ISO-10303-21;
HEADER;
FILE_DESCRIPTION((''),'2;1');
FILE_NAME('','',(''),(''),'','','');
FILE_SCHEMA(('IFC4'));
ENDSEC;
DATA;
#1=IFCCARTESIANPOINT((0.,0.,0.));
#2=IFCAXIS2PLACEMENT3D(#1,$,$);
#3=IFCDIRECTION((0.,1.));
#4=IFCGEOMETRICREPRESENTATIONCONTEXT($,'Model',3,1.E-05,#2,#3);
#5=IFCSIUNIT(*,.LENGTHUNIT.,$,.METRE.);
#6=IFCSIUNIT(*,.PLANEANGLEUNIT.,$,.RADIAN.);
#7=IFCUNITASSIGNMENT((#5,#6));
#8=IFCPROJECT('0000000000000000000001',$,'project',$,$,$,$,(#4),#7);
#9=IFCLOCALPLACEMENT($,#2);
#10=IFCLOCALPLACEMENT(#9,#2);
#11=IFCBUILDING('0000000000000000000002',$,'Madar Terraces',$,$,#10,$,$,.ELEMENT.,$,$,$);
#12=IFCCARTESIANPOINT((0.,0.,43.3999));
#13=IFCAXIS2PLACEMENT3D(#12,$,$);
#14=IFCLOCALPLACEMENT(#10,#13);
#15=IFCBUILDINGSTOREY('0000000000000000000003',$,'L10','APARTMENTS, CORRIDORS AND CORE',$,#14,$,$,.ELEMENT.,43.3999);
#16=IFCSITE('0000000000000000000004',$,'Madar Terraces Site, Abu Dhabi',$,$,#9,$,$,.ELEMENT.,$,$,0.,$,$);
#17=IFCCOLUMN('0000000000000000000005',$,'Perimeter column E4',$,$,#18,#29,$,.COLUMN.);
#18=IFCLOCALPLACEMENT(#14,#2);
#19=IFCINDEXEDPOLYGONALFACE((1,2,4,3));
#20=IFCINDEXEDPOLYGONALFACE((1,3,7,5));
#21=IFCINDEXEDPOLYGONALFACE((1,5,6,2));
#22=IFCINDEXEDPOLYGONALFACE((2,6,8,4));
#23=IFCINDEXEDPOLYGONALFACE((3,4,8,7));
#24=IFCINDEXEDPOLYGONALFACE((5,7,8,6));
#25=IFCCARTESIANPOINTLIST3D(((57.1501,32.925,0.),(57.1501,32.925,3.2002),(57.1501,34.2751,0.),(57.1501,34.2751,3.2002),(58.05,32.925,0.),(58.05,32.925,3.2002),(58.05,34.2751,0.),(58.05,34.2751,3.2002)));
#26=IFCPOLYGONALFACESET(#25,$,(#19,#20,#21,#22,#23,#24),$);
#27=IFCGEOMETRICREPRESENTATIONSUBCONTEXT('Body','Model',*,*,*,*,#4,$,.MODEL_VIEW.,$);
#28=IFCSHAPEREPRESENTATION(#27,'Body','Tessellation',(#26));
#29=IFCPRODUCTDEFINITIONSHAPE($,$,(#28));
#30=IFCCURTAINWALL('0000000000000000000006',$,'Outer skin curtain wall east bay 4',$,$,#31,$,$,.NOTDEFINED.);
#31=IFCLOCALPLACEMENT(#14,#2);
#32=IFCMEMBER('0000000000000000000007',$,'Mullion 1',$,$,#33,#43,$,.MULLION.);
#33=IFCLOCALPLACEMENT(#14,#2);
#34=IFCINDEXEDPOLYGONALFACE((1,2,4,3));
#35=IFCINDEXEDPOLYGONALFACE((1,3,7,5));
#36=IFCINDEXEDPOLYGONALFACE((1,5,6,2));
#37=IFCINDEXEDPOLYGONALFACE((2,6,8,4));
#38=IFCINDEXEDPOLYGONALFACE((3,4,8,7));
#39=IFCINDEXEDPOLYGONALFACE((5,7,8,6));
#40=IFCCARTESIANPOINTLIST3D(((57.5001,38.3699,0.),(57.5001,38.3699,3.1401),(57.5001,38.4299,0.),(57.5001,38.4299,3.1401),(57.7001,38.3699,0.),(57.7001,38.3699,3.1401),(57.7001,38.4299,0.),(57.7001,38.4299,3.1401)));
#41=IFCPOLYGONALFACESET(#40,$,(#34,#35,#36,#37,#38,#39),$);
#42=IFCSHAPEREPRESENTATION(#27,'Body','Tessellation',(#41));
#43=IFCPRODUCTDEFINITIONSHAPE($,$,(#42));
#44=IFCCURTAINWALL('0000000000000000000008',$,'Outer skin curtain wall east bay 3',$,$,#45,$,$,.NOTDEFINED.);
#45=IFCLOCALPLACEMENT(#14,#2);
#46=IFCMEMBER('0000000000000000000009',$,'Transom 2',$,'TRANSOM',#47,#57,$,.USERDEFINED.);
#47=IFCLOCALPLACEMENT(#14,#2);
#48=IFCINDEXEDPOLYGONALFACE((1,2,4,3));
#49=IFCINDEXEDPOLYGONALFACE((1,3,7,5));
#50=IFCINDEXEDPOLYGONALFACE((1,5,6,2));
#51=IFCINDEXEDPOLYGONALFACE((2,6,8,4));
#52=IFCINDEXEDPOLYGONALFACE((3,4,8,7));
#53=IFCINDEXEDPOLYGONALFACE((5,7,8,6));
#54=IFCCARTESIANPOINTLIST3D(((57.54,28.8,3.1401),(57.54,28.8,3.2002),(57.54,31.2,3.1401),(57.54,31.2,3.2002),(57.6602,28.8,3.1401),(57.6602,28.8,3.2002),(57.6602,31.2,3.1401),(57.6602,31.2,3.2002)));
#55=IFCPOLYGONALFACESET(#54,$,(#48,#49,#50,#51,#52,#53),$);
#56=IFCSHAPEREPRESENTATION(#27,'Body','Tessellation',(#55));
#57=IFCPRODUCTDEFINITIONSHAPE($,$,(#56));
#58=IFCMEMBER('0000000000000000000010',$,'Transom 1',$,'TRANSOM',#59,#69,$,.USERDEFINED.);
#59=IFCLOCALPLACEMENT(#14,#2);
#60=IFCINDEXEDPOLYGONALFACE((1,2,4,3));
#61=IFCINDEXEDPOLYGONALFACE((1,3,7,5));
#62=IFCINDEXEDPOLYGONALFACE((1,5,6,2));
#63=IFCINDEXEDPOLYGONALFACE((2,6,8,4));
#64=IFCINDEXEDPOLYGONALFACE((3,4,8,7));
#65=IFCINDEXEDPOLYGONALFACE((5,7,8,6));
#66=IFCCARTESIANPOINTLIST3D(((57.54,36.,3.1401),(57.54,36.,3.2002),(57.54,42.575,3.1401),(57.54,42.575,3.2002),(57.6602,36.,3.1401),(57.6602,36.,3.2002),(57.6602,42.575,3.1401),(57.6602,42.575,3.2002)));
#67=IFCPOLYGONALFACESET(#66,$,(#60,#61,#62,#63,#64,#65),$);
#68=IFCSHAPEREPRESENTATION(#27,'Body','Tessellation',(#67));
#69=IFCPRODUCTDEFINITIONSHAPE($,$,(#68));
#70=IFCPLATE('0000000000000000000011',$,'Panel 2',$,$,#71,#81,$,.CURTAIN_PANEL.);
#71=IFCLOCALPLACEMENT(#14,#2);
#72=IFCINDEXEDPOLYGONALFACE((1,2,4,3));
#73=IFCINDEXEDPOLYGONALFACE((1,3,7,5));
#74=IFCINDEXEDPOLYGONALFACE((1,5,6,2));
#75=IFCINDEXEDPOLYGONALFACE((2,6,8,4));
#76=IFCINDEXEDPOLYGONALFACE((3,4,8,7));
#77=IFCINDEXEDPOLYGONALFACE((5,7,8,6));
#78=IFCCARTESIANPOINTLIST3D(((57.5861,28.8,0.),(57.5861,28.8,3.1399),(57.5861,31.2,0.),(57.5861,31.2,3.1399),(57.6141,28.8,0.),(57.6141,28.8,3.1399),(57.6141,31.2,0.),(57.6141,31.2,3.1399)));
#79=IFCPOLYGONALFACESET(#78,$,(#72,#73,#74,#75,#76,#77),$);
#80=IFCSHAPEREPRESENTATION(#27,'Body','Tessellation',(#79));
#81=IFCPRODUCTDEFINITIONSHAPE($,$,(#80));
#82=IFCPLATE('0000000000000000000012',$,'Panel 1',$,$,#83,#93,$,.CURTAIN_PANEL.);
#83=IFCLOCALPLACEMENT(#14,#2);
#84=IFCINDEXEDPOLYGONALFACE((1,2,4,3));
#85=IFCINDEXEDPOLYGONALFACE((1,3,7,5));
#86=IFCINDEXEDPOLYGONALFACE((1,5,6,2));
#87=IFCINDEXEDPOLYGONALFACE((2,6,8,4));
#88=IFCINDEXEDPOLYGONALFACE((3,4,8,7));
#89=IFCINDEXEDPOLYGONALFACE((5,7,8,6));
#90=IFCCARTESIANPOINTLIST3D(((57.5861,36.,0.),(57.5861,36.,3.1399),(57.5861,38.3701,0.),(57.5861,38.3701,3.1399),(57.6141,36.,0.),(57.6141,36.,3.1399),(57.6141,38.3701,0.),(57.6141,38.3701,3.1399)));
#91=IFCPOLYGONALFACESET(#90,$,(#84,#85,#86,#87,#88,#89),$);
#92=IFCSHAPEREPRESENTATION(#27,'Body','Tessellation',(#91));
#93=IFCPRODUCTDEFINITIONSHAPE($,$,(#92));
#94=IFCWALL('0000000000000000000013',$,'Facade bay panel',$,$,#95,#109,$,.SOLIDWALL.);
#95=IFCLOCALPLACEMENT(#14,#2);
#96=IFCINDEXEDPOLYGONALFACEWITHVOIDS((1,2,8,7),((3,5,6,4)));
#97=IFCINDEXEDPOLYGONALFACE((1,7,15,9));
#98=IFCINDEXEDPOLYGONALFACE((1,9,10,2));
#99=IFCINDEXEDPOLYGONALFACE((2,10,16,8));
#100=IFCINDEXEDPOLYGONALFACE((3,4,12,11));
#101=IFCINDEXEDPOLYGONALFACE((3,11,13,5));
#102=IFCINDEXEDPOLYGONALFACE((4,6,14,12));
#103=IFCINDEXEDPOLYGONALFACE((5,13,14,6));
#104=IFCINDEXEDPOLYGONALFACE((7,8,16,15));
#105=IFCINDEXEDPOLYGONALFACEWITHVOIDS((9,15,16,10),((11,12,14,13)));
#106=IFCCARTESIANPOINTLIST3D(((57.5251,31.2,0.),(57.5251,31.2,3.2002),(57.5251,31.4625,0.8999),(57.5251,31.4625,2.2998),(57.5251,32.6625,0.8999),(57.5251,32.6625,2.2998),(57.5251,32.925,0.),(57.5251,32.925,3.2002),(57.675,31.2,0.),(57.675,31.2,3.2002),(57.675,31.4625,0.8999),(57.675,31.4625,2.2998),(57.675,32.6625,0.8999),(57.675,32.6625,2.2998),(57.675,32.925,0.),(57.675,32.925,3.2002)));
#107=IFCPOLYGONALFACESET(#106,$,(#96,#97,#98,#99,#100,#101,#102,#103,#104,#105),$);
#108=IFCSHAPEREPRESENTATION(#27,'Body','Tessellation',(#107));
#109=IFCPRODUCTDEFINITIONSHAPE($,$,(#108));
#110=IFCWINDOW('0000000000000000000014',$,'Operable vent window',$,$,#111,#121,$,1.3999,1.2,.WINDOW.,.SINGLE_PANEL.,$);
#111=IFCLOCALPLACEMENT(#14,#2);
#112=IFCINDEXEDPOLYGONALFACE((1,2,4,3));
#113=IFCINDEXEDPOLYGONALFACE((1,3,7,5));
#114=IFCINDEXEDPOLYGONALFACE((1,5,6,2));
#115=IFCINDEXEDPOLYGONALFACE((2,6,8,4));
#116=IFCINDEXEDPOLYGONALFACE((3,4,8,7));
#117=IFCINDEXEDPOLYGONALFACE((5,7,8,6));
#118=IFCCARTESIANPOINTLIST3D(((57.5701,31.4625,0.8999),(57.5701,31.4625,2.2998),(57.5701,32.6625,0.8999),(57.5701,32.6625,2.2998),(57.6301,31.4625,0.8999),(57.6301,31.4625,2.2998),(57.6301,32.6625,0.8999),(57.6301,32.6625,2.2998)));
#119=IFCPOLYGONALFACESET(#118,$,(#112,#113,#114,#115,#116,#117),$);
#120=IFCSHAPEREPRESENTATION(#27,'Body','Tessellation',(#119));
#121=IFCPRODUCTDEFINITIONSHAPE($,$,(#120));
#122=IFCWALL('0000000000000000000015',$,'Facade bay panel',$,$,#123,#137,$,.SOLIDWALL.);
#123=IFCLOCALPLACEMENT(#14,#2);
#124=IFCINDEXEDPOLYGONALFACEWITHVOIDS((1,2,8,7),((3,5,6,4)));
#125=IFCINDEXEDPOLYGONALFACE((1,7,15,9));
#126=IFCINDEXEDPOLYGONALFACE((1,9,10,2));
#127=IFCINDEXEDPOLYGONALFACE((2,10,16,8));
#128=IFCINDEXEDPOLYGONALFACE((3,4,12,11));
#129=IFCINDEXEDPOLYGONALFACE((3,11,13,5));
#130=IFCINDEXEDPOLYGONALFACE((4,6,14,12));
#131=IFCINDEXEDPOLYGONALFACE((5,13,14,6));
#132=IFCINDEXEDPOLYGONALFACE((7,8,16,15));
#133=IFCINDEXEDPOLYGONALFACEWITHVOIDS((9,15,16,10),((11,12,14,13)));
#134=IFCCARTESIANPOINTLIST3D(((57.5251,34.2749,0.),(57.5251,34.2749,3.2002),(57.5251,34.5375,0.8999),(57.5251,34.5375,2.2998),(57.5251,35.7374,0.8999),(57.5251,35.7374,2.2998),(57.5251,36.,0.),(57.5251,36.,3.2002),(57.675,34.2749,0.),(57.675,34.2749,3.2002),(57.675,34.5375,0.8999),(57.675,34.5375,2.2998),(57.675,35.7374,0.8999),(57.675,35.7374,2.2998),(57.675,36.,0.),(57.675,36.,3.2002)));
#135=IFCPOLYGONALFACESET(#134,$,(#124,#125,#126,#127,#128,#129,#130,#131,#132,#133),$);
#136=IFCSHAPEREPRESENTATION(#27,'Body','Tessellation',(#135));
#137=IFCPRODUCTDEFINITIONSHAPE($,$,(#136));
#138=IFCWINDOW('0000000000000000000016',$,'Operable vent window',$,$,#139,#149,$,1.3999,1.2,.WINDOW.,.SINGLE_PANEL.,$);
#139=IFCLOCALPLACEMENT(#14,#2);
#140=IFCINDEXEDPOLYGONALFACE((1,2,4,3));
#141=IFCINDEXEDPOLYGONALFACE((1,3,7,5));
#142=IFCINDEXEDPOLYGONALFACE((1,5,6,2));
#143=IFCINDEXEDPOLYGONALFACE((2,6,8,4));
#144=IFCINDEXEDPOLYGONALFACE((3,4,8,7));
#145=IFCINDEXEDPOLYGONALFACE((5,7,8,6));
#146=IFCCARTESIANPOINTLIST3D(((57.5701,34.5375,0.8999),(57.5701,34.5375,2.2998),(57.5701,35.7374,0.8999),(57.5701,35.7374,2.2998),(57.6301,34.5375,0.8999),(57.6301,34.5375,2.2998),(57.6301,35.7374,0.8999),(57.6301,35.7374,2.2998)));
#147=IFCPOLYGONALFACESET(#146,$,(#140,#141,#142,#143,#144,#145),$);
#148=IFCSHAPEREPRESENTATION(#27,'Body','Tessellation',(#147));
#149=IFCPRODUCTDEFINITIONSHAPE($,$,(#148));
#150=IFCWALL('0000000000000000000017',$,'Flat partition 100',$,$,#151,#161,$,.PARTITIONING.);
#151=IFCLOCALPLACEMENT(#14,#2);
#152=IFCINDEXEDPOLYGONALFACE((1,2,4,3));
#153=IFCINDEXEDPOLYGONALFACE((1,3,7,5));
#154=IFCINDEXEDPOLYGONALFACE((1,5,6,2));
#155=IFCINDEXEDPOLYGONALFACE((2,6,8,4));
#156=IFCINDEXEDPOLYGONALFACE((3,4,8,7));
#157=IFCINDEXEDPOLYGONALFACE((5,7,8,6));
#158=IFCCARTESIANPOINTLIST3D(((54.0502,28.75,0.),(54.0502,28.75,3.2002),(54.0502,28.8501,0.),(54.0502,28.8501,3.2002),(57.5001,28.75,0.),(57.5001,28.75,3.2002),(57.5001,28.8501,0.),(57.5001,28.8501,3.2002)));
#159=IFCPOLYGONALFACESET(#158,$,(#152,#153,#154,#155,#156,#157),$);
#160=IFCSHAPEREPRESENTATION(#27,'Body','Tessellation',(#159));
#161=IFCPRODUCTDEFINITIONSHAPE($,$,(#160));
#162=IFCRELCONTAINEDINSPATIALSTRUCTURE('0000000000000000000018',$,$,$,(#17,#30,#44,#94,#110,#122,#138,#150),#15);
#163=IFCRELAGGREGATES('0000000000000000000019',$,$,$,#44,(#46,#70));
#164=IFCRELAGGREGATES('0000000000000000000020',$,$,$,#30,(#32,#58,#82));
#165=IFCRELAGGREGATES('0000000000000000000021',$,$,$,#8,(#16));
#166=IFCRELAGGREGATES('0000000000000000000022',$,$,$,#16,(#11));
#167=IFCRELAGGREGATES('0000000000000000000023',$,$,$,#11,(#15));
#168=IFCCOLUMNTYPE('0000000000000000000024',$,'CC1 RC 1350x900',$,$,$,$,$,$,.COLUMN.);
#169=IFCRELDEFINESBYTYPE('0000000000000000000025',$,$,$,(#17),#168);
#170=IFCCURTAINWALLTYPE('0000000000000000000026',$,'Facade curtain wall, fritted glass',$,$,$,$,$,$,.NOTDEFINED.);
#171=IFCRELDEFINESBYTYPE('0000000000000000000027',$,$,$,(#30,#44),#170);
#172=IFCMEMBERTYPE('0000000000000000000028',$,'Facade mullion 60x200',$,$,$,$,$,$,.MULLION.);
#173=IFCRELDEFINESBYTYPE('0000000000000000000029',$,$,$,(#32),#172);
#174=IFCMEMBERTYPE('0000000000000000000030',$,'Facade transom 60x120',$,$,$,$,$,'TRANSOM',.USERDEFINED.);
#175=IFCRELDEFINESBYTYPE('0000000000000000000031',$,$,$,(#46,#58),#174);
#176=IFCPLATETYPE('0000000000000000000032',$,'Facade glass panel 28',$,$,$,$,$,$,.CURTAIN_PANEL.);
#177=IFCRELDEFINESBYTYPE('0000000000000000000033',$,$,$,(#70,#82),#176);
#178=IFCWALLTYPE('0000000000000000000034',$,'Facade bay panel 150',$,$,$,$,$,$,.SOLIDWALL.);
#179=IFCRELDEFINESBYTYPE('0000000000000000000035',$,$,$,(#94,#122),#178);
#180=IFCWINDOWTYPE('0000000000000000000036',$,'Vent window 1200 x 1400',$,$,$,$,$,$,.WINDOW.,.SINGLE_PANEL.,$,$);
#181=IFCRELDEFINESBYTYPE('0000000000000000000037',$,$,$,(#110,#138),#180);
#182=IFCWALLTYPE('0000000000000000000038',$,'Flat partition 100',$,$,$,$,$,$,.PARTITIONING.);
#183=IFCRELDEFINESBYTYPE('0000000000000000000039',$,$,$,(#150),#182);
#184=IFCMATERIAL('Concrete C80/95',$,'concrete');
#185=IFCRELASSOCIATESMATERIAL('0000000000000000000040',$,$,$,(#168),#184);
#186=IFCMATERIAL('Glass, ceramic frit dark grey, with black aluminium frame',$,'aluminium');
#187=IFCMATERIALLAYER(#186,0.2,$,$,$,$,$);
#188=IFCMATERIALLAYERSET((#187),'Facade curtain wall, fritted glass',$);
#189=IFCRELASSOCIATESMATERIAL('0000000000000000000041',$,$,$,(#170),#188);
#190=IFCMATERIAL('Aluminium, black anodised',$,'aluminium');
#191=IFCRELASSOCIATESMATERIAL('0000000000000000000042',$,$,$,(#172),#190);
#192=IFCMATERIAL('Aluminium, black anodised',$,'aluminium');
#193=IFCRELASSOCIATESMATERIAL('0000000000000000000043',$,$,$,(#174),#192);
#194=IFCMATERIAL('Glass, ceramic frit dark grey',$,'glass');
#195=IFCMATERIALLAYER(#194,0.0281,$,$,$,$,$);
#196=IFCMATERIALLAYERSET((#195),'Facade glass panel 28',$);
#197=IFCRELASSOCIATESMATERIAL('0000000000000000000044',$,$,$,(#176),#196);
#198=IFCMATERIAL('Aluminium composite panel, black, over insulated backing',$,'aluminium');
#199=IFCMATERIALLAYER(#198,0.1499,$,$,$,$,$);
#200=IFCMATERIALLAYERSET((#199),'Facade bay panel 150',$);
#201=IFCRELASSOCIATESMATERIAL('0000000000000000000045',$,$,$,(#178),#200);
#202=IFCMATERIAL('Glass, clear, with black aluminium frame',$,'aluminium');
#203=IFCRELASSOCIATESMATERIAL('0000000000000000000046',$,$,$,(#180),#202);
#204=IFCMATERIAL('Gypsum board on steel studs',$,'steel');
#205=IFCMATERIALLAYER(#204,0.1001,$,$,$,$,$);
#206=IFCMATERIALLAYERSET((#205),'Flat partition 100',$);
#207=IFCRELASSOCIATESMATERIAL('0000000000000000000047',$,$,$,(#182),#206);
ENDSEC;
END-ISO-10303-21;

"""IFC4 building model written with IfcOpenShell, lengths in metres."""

from ifc_helpers import new_model, si_unit, direction, frame, frame_2d, origin, origin_2d, place, context, subcontext, project, spatial, rectangle, extrude, material, layer, layer_set, material_profile, profile_set, type_object, element, fill, aggregate, save


model = new_model("IFC4")

# Units and contexts
model_context = context("Model", 3, precision=1e-05, world=origin(), true_north=direction((0.0, 1.0)))
body_context = subcontext(model_context, "Body", "Model", "MODEL_VIEW")
ifc_project = project(units=[si_unit("LENGTHUNIT", "METRE"), si_unit("PLANEANGLEUNIT", "RADIAN")], contexts=[model_context])

# Site, building, storey
site_placement = place(None, origin())
site = spatial("IfcSite", under=ifc_project, at=site_placement, Name="Madar Terraces Site, Abu Dhabi", CompositionType="ELEMENT", RefElevation=0.0)
building_placement = place(site_placement, origin())
building = spatial("IfcBuilding", under=site, at=building_placement, Name="Madar Terraces", CompositionType="ELEMENT")
storey_placement = place(building_placement, frame((0.0, 0.0, 43.3999)))
storey = spatial("IfcBuildingStorey", under=building, at=storey_placement, Name="L10", Description="APARTMENTS, CORRIDORS AND CORE", CompositionType="ELEMENT", Elevation=43.3999)

# Column
ifc_material_1 = material(Name="Concrete C80/95", Category="concrete")
ifc_material_profile_1 = material_profile(ifc_material_1, rectangle(XDim=1.3501, YDim=0.8999, at=origin_2d()), Name="CC1 RC 1350x900")
ifc_profile_set_1 = profile_set([ifc_material_profile_1], Name="Concrete C80/95")
column_type = type_object("IfcColumnType", Name="CC1 RC 1350x900", PredefinedType="COLUMN", material=ifc_profile_set_1)
column_placement = place(storey_placement, frame((57.6001, 33.6001, 0.0), z_axis=(0.0, 0.0, 1.0), x_axis=(0.0, 1.0, 0.0)))
element("IfcColumn", 1, at=column_placement, inside=storey, type_object=column_type, Name="Perimeter column E4", PredefinedType="COLUMN", context=body_context, shape_type="SweptSolid", body=[
    extrude(rectangle(XDim=1.3501, YDim=0.8999, at=origin_2d()), origin(), (0.0, 0.0, 1.0), 3.2002),
])

# Curtain walls, members
ifc_material_2 = material(Name="Glass, ceramic frit dark grey, with black aluminium frame", Category="aluminium")
ifc_layer_1 = layer(ifc_material_2, 0.2)
ifc_layer_set_1 = layer_set([ifc_layer_1], Name="Facade curtain wall, fritted glass")
curtain_wall_type = type_object("IfcCurtainWallType", Name="Facade curtain wall, fritted glass", PredefinedType="NOTDEFINED", material=ifc_layer_set_1)
curtain_wall_1_placement = place(storey_placement, origin())
curtain_wall_1 = element("IfcCurtainWall", 2, at=curtain_wall_1_placement, inside=storey, type_object=curtain_wall_type, Name="Outer skin curtain wall east bay 4", PredefinedType="NOTDEFINED")
ifc_material_3 = material(Name="Aluminium, black anodised", Category="aluminium")
ifc_material_profile_2 = material_profile(ifc_material_3, rectangle(XDim=0.2, YDim=0.0601, at=origin_2d()), Name="Facade mullion 60x200")
ifc_profile_set_2 = profile_set([ifc_material_profile_2], Name="Aluminium, black anodised")
member_type_1 = type_object("IfcMemberType", Name="Facade mullion 60x200", PredefinedType="MULLION", material=ifc_profile_set_2)
member_1_placement = place(storey_placement, frame((57.6001, 38.3999, 0.0), z_axis=(0.0, 0.0, 1.0), x_axis=(-1.0, 0.0, 0.0)))
member_1 = element("IfcMember", 3, at=member_1_placement, type_object=member_type_1, Name="Mullion 1", PredefinedType="MULLION", context=body_context, shape_type="SweptSolid", body=[
    extrude(rectangle(XDim=0.2, YDim=0.0601, at=origin_2d()), origin(), (0.0, 0.0, 1.0), 3.1401),
])
curtain_wall_2_placement = place(storey_placement, origin())
curtain_wall_2 = element("IfcCurtainWall", 4, at=curtain_wall_2_placement, inside=storey, type_object=curtain_wall_type, Name="Outer skin curtain wall east bay 3", PredefinedType="NOTDEFINED")
ifc_material_4 = material(Name="Aluminium, black anodised", Category="aluminium")
ifc_material_profile_3 = material_profile(ifc_material_4, rectangle(XDim=0.1201, YDim=0.0601, at=origin_2d()), Name="Facade transom 60x120")
ifc_profile_set_3 = profile_set([ifc_material_profile_3], Name="Aluminium, black anodised")
member_type_2 = type_object("IfcMemberType", Name="Facade transom 60x120", ElementType="TRANSOM", PredefinedType="USERDEFINED", material=ifc_profile_set_3)
member_2_placement = place(storey_placement, frame((57.6001, 28.8, 3.1702), z_axis=(0.0, 1.0, 0.0), x_axis=(-1.0, 0.0, 0.0)))
member_2 = element("IfcMember", 5, at=member_2_placement, type_object=member_type_2, Name="Transom 2", ObjectType="TRANSOM", PredefinedType="USERDEFINED", context=body_context, shape_type="SweptSolid", body=[
    extrude(rectangle(XDim=0.1201, YDim=0.0601, at=origin_2d()), origin(), (0.0, 0.0, 1.0), 2.3999),
])

# Member
member_3_placement = place(storey_placement, frame((57.6001, 36.0, 3.1702), z_axis=(0.0, 1.0, 0.0), x_axis=(-1.0, 0.0, 0.0)))
member_3 = element("IfcMember", 6, at=member_3_placement, type_object=member_type_2, Name="Transom 1", ObjectType="TRANSOM", PredefinedType="USERDEFINED", context=body_context, shape_type="SweptSolid", body=[
    extrude(rectangle(XDim=0.1201, YDim=0.0601, at=origin_2d()), origin(), (0.0, 0.0, 1.0), 6.575),
])

# Plates
ifc_material_5 = material(Name="Glass, ceramic frit dark grey", Category="glass")
ifc_layer_2 = layer(ifc_material_5, 0.0281)
ifc_layer_set_2 = layer_set([ifc_layer_2], Name="Facade glass panel 28")
plate_type = type_object("IfcPlateType", Name="Facade glass panel 28", PredefinedType="CURTAIN_PANEL", material=ifc_layer_set_2)
plate_1_placement = place(storey_placement, frame((57.6001, 30.0, 0.0), z_axis=(0.0, 0.0, 1.0), x_axis=(0.0, 1.0, 0.0)))
plate_1 = element("IfcPlate", 7, at=plate_1_placement, type_object=plate_type, Name="Panel 2", PredefinedType="CURTAIN_PANEL", context=body_context, shape_type="SweptSolid", body=[
    extrude(rectangle(XDim=2.3999, YDim=0.0281, at=origin_2d()), origin(), (0.0, 0.0, 1.0), 3.1399),
])
aggregate(curtain_wall_2, [member_2, plate_1])
plate_2_placement = place(storey_placement, frame((57.6001, 37.1851, 0.0), z_axis=(0.0, 0.0, 1.0), x_axis=(0.0, 1.0, 0.0)))
plate_2 = element("IfcPlate", 8, at=plate_2_placement, type_object=plate_type, Name="Panel 1", PredefinedType="CURTAIN_PANEL", context=body_context, shape_type="SweptSolid", body=[
    extrude(rectangle(XDim=2.3701, YDim=0.0281, at=origin_2d()), origin(), (0.0, 0.0, 1.0), 3.1399),
])
aggregate(curtain_wall_1, [member_1, member_3, plate_2])

# Shared definitions
ifc_material_6 = material(Name="Aluminium composite panel, black, over insulated backing", Category="aluminium")
ifc_layer_3 = layer(ifc_material_6, 0.1499)
ifc_layer_set_3 = layer_set([ifc_layer_3], Name="Facade bay panel 150")
wall_type_1 = type_object("IfcWallType", Name="Facade bay panel 150", PredefinedType="SOLIDWALL", material=ifc_layer_set_3)

# Walls, openings, windows
wall_1_placement = place(storey_placement, frame((57.6001, 31.2, 0.0), z_axis=(0.0, 0.0, 1.0), x_axis=(0.0, 1.0, 0.0)))
wall_1 = element("IfcWall", 9, at=wall_1_placement, inside=storey, type_object=wall_type_1, Name="Facade bay panel", PredefinedType="SOLIDWALL", context=body_context, shape_type="SweptSolid", body=[
    extrude(rectangle(XDim=1.7251, YDim=0.1499, at=frame_2d((0.8625, 0.0))), origin(), (0.0, 0.0, 1.0), 3.2002),
])
opening_1_placement = place(wall_1_placement, frame((0.2625, 0.0, 0.8999)))
opening_1 = element("IfcOpeningElement", 10, at=opening_1_placement, cuts=wall_1, PredefinedType="OPENING", context=body_context, shape_type="SweptSolid", body=[
    extrude(rectangle(XDim=1.2, YDim=1.3999, at=frame_2d((0.6001, 0.7))), frame((0.0, 0.085, 0.0), z_axis=(0.0, -1.0, 0.0), x_axis=(1.0, 0.0, 0.0)), (0.0, 0.0, 1.0), 0.1699),
])
ifc_material_7 = material(Name="Glass, clear, with black aluminium frame", Category="aluminium")
window_type = type_object("IfcWindowType", Name="Vent window 1200 x 1400", PartitioningType="SINGLE_PANEL", PredefinedType="WINDOW", material=ifc_material_7)
window_1_placement = place(opening_1_placement, origin())
window_1 = element("IfcWindow", 11, at=window_1_placement, inside=storey, type_object=window_type, Name="Operable vent window", OverallHeight=1.3999, OverallWidth=1.2, PartitioningType="SINGLE_PANEL", PredefinedType="WINDOW", context=body_context, shape_type="SweptSolid", body=[
    extrude(rectangle(XDim=1.2, YDim=1.3999, at=frame_2d((0.6001, 0.7))), frame((0.0, 0.03, 0.0), z_axis=(0.0, -1.0, 0.0), x_axis=(1.0, 0.0, 0.0)), (0.0, 0.0, 1.0), 0.0601),
])
fill(opening_1, window_1)
wall_2_placement = place(storey_placement, frame((57.6001, 34.2749, 0.0), z_axis=(0.0, 0.0, 1.0), x_axis=(0.0, 1.0, 0.0)))
wall_2 = element("IfcWall", 12, at=wall_2_placement, inside=storey, type_object=wall_type_1, Name="Facade bay panel", PredefinedType="SOLIDWALL", context=body_context, shape_type="SweptSolid", body=[
    extrude(rectangle(XDim=1.7251, YDim=0.1499, at=frame_2d((0.8625, 0.0))), origin(), (0.0, 0.0, 1.0), 3.2002),
])
opening_2_placement = place(wall_2_placement, frame((0.2625, 0.0, 0.8999)))
opening_2 = element("IfcOpeningElement", 13, at=opening_2_placement, cuts=wall_2, PredefinedType="OPENING", context=body_context, shape_type="SweptSolid", body=[
    extrude(rectangle(XDim=1.2, YDim=1.3999, at=frame_2d((0.6001, 0.7))), frame((0.0, 0.085, 0.0), z_axis=(0.0, -1.0, 0.0), x_axis=(1.0, 0.0, 0.0)), (0.0, 0.0, 1.0), 0.1699),
])
window_2_placement = place(opening_2_placement, origin())
window_2 = element("IfcWindow", 14, at=window_2_placement, inside=storey, type_object=window_type, Name="Operable vent window", OverallHeight=1.3999, OverallWidth=1.2, PartitioningType="SINGLE_PANEL", PredefinedType="WINDOW", context=body_context, shape_type="SweptSolid", body=[
    extrude(rectangle(XDim=1.2, YDim=1.3999, at=frame_2d((0.6001, 0.7))), frame((0.0, 0.03, 0.0), z_axis=(0.0, -1.0, 0.0), x_axis=(1.0, 0.0, 0.0)), (0.0, 0.0, 1.0), 0.0601),
])
fill(opening_2, window_2)

# Wall
ifc_material_8 = material(Name="Gypsum board on steel studs", Category="steel")
ifc_layer_4 = layer(ifc_material_8, 0.1001)
ifc_layer_set_4 = layer_set([ifc_layer_4], Name="Flat partition 100")
wall_type_2 = type_object("IfcWallType", Name="Flat partition 100", PredefinedType="PARTITIONING", material=ifc_layer_set_4)
wall_3_placement = place(storey_placement, frame((54.05, 28.8, 0.0), z_axis=(0.0, 0.0, 1.0), x_axis=(1.0, 0.0, 0.0)))
element("IfcWall", 15, at=wall_3_placement, inside=storey, type_object=wall_type_2, Name="Flat partition 100", PredefinedType="PARTITIONING", context=body_context, shape_type="SweptSolid", body=[
    extrude(rectangle(XDim=3.45, YDim=0.1001, at=frame_2d((1.7251, 0.0))), origin(), (0.0, 0.0, 1.0), 3.2002),
])

save(model, "model.ifc")
